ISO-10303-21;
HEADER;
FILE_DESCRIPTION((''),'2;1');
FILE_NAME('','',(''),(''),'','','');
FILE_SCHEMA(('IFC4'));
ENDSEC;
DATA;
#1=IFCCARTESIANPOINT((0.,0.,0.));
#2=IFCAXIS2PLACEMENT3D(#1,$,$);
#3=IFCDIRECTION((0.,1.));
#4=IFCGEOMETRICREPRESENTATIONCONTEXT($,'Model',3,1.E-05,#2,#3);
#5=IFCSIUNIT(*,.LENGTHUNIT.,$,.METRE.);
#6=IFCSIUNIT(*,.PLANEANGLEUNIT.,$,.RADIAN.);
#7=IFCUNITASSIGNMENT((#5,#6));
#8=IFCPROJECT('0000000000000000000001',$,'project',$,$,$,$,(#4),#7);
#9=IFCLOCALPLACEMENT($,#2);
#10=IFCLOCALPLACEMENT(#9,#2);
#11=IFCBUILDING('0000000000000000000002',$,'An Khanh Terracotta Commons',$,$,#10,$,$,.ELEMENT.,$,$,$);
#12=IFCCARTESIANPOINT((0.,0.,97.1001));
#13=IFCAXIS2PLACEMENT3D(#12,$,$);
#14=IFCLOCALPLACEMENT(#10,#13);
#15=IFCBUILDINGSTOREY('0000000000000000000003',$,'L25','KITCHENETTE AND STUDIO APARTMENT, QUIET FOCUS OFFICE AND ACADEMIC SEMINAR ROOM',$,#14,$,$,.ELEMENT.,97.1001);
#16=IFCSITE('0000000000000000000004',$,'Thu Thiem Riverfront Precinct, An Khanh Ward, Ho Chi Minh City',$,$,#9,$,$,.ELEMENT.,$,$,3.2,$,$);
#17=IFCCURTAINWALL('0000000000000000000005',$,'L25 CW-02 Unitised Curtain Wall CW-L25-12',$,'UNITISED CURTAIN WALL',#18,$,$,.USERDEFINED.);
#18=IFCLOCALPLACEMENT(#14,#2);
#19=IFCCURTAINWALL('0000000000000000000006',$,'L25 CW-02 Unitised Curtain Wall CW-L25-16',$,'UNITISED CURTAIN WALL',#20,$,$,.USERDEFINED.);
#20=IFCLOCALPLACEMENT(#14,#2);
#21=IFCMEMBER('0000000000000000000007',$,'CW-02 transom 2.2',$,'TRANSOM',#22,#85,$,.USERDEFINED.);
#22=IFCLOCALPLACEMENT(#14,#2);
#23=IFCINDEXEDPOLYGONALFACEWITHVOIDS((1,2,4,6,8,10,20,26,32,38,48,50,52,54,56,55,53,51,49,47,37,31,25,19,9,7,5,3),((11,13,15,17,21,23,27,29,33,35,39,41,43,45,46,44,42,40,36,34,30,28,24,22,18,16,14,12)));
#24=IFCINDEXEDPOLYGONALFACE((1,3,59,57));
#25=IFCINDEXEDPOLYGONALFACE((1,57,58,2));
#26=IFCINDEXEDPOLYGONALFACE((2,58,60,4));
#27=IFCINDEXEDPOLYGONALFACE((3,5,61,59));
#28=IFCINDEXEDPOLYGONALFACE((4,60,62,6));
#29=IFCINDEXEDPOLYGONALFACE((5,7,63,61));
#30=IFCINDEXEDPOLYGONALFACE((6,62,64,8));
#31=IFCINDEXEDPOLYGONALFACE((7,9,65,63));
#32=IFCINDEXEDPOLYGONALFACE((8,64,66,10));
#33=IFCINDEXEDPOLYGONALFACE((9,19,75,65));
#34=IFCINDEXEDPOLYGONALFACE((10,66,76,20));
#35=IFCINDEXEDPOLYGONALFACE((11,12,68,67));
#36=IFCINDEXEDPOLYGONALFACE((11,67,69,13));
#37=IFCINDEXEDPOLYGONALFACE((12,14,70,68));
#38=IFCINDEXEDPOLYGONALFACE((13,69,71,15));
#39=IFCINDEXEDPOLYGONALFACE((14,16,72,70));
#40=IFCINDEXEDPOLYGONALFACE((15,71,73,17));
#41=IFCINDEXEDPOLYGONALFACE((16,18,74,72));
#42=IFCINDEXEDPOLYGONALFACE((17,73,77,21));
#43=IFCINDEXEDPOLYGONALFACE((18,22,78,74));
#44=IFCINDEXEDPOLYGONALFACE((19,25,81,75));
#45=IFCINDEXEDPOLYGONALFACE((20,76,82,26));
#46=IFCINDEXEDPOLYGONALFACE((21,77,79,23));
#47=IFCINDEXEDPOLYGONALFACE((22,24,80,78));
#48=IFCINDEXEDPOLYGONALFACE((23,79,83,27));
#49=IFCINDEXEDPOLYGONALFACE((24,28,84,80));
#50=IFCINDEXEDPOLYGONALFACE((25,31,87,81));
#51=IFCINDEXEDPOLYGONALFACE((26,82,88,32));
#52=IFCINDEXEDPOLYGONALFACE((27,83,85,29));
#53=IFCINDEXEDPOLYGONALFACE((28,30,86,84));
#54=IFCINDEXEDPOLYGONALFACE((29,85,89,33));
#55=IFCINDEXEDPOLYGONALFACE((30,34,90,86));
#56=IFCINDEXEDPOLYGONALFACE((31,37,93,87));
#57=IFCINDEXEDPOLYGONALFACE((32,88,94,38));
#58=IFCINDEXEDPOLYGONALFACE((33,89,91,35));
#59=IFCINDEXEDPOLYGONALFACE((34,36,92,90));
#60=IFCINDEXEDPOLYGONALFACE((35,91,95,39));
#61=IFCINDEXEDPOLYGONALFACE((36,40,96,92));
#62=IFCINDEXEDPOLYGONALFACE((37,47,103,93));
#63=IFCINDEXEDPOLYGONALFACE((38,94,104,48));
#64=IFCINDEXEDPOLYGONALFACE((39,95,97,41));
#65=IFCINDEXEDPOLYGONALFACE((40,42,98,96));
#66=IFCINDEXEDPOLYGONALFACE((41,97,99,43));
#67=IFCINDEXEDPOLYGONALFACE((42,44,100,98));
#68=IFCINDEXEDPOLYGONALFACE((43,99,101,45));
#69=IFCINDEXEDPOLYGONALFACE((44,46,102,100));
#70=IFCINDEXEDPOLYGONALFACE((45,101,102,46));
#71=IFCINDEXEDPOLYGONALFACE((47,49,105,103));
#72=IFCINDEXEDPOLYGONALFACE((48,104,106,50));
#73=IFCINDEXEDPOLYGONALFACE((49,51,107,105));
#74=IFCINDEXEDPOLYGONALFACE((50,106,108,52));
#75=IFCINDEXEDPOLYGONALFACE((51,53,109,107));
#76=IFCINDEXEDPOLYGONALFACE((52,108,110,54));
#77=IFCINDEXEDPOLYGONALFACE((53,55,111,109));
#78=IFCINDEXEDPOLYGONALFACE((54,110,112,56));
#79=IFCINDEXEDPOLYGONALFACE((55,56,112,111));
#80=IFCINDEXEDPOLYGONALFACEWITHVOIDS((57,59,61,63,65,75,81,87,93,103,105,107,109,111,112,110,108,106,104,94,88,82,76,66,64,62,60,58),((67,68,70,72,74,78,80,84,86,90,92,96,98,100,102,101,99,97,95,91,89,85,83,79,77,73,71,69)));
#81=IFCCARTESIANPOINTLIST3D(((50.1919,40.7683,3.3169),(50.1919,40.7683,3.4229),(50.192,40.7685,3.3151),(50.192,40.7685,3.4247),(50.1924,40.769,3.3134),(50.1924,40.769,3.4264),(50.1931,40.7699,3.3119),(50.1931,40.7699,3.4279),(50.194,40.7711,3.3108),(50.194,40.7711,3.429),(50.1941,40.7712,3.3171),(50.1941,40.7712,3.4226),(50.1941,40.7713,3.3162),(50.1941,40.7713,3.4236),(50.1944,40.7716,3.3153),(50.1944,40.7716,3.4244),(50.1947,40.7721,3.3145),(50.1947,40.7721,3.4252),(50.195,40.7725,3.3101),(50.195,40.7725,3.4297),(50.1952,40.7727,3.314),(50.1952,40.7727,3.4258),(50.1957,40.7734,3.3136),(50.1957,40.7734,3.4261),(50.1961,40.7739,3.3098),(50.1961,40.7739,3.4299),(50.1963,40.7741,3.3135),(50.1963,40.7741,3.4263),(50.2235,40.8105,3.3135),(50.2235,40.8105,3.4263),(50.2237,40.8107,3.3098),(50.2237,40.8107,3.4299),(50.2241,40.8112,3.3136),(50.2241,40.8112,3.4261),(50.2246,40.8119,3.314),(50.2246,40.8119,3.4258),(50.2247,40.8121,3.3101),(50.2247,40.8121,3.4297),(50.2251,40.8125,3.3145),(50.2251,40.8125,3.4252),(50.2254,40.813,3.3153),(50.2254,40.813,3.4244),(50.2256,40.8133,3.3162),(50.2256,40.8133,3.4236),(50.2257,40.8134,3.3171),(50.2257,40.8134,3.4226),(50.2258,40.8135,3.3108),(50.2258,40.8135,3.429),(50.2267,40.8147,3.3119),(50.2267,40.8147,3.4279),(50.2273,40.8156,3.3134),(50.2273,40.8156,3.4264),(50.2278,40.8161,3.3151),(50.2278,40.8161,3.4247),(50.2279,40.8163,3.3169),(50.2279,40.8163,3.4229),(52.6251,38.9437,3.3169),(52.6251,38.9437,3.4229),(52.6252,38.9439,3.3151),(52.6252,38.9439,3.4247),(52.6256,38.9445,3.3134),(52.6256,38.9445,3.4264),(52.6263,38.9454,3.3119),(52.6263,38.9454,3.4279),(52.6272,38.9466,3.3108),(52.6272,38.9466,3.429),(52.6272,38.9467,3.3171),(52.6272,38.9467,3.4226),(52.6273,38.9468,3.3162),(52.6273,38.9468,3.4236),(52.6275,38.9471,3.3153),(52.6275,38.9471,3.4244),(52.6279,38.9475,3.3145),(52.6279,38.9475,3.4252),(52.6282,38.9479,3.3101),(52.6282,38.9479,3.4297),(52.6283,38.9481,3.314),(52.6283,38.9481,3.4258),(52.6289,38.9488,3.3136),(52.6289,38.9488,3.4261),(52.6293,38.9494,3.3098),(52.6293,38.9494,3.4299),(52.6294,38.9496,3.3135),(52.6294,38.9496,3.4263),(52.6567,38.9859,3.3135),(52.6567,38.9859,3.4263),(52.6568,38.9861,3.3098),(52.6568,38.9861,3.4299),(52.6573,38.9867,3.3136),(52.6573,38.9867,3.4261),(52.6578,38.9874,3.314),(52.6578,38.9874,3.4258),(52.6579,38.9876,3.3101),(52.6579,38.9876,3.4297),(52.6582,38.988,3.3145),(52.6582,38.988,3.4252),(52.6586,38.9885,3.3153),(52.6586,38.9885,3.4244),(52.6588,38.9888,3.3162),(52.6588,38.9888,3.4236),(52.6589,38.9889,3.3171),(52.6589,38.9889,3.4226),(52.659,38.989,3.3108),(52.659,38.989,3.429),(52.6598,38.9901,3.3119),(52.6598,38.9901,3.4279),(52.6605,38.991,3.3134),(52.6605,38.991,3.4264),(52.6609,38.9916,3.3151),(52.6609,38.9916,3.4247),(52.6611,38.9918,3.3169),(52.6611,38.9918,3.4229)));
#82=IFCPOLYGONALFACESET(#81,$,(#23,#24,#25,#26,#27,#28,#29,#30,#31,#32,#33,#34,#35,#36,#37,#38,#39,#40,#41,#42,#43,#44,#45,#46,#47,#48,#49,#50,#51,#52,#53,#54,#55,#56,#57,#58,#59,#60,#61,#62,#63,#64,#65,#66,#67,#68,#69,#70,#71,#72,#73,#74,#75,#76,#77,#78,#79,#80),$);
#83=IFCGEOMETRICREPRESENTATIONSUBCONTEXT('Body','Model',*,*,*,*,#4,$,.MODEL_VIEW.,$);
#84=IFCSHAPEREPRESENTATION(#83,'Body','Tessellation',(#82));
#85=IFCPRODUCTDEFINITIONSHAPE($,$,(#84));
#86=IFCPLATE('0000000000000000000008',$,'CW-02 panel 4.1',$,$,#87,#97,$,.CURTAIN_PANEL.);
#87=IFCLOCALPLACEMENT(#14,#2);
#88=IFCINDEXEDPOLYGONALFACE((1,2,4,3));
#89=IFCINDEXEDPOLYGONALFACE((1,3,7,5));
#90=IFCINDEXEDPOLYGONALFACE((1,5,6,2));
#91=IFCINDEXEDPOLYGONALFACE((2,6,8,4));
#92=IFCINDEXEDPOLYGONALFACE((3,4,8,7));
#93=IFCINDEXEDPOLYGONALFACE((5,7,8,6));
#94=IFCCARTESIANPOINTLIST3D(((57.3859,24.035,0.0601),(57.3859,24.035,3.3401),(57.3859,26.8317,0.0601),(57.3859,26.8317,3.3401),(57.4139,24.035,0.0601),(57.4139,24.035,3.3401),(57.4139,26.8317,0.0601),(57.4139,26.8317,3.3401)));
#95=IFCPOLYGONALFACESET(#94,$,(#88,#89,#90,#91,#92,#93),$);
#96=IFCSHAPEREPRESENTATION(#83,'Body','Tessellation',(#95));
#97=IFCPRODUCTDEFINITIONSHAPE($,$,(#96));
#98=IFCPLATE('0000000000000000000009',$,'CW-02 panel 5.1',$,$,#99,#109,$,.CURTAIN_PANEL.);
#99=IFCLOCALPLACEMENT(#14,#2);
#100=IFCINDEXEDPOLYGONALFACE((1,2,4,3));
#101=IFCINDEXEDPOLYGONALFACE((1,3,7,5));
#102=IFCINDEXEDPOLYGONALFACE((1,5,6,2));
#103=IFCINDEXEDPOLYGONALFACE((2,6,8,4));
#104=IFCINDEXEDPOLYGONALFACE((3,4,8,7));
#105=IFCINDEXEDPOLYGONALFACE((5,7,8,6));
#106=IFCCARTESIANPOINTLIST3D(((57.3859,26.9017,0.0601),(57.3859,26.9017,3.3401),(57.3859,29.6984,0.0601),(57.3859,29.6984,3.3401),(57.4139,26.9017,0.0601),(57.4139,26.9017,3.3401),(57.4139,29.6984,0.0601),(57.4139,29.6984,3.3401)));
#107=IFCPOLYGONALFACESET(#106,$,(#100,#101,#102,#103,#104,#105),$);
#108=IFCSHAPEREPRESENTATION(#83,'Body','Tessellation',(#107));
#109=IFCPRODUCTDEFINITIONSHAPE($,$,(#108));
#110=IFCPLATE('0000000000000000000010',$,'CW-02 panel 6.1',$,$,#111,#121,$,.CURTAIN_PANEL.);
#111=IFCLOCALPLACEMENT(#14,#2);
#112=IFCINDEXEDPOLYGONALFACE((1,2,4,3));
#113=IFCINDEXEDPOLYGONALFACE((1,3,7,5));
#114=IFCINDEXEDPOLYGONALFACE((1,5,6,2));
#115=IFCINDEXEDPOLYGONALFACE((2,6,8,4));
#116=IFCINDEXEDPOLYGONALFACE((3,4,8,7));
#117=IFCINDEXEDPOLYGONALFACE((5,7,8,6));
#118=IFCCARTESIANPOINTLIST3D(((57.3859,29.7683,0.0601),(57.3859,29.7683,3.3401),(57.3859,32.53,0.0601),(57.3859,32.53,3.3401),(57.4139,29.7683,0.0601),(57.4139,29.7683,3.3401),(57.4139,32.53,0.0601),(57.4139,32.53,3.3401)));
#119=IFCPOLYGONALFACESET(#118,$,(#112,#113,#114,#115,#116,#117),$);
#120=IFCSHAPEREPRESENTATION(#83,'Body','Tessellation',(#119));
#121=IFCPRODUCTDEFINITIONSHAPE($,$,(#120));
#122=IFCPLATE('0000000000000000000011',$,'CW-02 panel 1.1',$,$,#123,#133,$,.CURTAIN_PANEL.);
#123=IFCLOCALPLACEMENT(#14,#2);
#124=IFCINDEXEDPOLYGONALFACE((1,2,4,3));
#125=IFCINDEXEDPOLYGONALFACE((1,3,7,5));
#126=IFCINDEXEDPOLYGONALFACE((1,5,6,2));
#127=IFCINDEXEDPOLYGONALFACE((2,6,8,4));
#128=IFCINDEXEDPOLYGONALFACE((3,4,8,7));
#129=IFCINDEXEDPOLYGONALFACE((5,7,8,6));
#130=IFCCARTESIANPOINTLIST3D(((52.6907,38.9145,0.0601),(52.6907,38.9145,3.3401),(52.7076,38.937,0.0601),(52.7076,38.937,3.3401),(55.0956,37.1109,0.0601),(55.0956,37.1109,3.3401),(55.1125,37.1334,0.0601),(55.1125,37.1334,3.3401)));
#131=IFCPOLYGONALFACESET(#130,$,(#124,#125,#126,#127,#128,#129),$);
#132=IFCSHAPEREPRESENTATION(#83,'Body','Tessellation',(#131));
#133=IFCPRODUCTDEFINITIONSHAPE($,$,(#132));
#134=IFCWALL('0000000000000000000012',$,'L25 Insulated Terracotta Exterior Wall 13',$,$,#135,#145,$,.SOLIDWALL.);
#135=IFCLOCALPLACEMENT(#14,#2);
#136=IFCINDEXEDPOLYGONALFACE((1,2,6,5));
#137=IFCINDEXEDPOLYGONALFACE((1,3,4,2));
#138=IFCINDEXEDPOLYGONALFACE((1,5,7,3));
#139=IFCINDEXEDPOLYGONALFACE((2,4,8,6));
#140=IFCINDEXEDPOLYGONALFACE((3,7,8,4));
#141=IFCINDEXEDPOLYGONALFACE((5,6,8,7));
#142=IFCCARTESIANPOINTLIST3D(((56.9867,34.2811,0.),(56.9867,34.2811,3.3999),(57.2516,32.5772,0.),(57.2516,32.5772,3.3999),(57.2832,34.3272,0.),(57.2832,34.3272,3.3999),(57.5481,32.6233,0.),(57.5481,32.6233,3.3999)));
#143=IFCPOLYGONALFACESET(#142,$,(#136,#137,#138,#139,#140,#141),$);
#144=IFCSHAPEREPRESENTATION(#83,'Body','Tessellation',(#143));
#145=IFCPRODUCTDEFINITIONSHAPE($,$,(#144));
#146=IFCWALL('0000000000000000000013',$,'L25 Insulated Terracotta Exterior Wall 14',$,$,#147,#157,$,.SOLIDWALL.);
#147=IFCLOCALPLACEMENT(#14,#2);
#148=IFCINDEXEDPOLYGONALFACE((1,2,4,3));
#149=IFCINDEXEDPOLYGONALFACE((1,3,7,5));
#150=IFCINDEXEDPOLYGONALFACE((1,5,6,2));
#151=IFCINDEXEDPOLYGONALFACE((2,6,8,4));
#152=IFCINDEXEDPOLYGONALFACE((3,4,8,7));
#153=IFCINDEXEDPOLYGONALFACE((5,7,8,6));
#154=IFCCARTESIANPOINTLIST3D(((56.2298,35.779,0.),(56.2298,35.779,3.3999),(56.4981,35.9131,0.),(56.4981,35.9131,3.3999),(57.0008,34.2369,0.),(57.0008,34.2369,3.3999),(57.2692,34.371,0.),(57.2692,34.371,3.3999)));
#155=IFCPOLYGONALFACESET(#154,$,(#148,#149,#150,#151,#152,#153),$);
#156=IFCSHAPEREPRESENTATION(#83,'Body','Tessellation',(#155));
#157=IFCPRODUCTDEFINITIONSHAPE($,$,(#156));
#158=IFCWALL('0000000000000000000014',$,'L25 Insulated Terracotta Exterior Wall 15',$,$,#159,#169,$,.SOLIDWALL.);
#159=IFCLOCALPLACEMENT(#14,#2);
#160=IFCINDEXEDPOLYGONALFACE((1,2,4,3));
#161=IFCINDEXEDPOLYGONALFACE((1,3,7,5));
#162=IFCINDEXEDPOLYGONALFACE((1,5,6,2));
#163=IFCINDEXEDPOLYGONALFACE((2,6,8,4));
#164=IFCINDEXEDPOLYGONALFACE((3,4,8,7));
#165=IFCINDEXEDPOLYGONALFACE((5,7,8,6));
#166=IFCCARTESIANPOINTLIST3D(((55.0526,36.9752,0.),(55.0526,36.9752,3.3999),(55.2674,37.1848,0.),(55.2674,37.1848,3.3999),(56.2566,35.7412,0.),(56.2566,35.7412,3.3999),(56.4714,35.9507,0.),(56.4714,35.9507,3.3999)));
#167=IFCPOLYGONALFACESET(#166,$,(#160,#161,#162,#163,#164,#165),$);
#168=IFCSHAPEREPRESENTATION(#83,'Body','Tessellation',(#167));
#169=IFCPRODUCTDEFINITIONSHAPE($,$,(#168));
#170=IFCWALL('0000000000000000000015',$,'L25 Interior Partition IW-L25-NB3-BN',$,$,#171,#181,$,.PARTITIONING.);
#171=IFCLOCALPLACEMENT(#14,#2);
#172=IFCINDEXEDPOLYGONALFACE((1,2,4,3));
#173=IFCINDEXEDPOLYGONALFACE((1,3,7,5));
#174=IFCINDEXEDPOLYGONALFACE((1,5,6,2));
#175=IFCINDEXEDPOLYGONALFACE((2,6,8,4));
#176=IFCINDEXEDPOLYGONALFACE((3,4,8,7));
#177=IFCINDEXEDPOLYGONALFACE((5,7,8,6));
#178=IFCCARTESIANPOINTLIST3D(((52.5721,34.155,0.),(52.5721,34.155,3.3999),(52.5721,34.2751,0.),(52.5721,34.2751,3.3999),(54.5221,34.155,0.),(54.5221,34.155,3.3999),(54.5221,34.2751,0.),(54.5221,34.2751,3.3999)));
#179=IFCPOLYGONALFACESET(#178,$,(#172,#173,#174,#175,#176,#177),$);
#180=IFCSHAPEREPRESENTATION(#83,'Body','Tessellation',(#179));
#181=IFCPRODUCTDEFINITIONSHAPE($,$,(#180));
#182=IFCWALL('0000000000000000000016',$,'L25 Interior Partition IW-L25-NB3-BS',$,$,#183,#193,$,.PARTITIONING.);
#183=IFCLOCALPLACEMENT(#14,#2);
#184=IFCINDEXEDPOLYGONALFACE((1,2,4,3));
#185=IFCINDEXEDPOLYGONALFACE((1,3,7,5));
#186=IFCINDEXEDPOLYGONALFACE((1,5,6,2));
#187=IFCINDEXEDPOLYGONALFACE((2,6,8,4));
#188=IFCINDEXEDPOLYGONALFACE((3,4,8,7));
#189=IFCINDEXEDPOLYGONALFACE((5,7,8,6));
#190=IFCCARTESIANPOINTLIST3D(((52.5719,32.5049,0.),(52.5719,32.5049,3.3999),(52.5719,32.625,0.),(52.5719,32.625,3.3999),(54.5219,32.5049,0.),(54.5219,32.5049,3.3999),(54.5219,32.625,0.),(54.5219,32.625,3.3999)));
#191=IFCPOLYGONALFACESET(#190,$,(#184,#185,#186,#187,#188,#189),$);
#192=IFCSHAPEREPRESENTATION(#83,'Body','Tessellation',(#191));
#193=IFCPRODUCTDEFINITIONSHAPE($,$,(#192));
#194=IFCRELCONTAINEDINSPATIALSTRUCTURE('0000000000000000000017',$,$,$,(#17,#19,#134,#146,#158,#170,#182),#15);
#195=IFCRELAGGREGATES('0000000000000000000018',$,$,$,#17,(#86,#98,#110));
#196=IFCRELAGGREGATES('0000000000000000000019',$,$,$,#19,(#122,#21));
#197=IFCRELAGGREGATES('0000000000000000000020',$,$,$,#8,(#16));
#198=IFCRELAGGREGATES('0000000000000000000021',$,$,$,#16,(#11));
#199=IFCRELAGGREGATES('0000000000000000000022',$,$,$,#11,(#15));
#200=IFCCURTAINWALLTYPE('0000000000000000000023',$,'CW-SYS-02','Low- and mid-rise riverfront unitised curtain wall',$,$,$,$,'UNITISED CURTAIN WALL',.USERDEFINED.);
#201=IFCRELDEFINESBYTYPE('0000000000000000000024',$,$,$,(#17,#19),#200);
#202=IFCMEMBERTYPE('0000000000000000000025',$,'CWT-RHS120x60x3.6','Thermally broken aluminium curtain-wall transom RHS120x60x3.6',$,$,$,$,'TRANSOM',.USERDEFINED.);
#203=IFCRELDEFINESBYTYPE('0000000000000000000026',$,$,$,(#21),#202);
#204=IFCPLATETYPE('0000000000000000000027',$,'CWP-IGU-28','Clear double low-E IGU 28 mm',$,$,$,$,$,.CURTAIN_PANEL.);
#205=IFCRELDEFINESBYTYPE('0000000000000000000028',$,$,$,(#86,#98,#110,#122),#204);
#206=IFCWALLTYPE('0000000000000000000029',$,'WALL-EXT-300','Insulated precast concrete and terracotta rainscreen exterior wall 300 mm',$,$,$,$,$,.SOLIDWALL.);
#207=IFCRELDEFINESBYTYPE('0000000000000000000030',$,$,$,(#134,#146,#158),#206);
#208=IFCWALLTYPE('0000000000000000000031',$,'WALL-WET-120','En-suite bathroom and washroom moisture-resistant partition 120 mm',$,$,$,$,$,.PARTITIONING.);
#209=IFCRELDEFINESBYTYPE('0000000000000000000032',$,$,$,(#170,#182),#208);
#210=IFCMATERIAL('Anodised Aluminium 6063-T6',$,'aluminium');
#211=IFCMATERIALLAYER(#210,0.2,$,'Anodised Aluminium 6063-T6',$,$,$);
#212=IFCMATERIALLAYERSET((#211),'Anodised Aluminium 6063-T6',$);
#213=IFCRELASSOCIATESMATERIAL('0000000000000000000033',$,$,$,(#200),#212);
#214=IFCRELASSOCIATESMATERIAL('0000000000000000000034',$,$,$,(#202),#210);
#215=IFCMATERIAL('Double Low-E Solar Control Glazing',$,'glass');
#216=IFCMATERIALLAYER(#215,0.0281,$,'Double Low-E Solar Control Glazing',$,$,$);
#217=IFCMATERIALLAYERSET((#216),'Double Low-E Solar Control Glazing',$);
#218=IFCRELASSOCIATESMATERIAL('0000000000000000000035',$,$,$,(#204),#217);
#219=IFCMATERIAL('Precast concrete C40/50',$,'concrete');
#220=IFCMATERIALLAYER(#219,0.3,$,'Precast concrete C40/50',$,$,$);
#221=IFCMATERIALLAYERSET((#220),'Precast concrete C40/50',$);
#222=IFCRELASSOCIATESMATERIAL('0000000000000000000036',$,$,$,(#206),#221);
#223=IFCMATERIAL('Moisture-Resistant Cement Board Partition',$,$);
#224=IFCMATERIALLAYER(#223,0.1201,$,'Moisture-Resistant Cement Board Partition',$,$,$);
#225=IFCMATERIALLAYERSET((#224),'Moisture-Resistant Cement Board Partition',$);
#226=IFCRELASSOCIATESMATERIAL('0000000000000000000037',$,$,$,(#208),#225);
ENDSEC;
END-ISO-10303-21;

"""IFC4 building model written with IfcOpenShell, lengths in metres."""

from ifc_helpers import new_model, si_unit, direction, frame, frame_2d, origin, origin_2d, place, context, subcontext, project, spatial, rectangle, hollow_rectangle, extrude, material, layer, layer_set, material_profile, profile_set, type_object, element, aggregate, save


model = new_model("IFC4")

# Units and contexts
model_context = context("Model", 3, precision=1e-05, world=origin(), true_north=direction((0.0, 1.0)))
body_context = subcontext(model_context, "Body", "Model", "MODEL_VIEW")
ifc_project = project(units=[si_unit("LENGTHUNIT", "METRE"), si_unit("PLANEANGLEUNIT", "RADIAN")], contexts=[model_context])

# Site, building, storey
site_placement = place(None, origin())
site = spatial("IfcSite", under=ifc_project, at=site_placement, Name="Thu Thiem Riverfront Precinct, An Khanh Ward, Ho Chi Minh City", CompositionType="ELEMENT", RefElevation=3.2)
building_placement = place(site_placement, origin())
building = spatial("IfcBuilding", under=site, at=building_placement, Name="An Khanh Terracotta Commons", CompositionType="ELEMENT")
storey_placement = place(building_placement, frame((0.0, 0.0, 97.1001)))
storey = spatial("IfcBuildingStorey", under=building, at=storey_placement, Name="L25", Description="KITCHENETTE AND STUDIO APARTMENT, QUIET FOCUS OFFICE AND ACADEMIC SEMINAR ROOM", CompositionType="ELEMENT", Elevation=97.1001)

# Curtain walls
ifc_material_1 = material(Name="Anodised Aluminium 6063-T6", Category="aluminium")
ifc_layer_1 = layer(ifc_material_1, 0.2, Name="Anodised Aluminium 6063-T6")
ifc_layer_set_1 = layer_set([ifc_layer_1], Name="Anodised Aluminium 6063-T6")
curtain_wall_type = type_object("IfcCurtainWallType", Name="CW-SYS-02", Description="Low- and mid-rise riverfront unitised curtain wall", ElementType="UNITISED CURTAIN WALL", PredefinedType="USERDEFINED", material=ifc_layer_set_1)
curtain_wall_1_placement = place(storey_placement, origin())
curtain_wall_1 = element("IfcCurtainWall", 1, at=curtain_wall_1_placement, inside=storey, type_object=curtain_wall_type, Name="L25 CW-02 Unitised Curtain Wall CW-L25-12", ObjectType="UNITISED CURTAIN WALL", PredefinedType="USERDEFINED")
curtain_wall_2_placement = place(storey_placement, origin())
curtain_wall_2 = element("IfcCurtainWall", 2, at=curtain_wall_2_placement, inside=storey, type_object=curtain_wall_type, Name="L25 CW-02 Unitised Curtain Wall CW-L25-16", ObjectType="UNITISED CURTAIN WALL", PredefinedType="USERDEFINED")

# Member
ifc_material_profile_1 = material_profile(ifc_material_1, hollow_rectangle(XDim=0.0601, YDim=0.1201, WallThickness=0.0037, InnerFilletRadius=0.0037, OuterFilletRadius=0.0071, at=origin_2d()), Name="RHS120x60x3.6")
ifc_profile_set_1 = profile_set([ifc_material_profile_1], Name="Anodised Aluminium 6063-T6")
member_type_1 = type_object("IfcMemberType", Name="CWT-RHS120x60x3.6", Description="Thermally broken aluminium curtain-wall transom RHS120x60x3.6", ElementType="TRANSOM", PredefinedType="USERDEFINED", material=ifc_profile_set_1)
member_1_placement = place(storey_placement, frame((52.6431, 38.9678, 3.3699), z_axis=(-0.800058, 0.599923, 0.0), x_axis=(-0.599923, -0.800058, 0.0)))
member_1 = element("IfcMember", 3, at=member_1_placement, type_object=member_type_1, Name="CW-02 transom 2.2", ObjectType="TRANSOM", PredefinedType="USERDEFINED", context=body_context, shape_type="SweptSolid", body=[
    extrude(hollow_rectangle(XDim=0.0601, YDim=0.1201, WallThickness=0.0037, InnerFilletRadius=0.0037, OuterFilletRadius=0.0071, at=origin_2d()), origin(), (0.0, 0.0, 1.0), 3.0413),
])

# Plates
ifc_material_2 = material(Name="Double Low-E Solar Control Glazing", Category="glass")
ifc_layer_2 = layer(ifc_material_2, 0.0281, Name="Double Low-E Solar Control Glazing")
ifc_layer_set_2 = layer_set([ifc_layer_2], Name="Double Low-E Solar Control Glazing")
plate_type = type_object("IfcPlateType", Name="CWP-IGU-28", Description="Clear double low-E IGU 28 mm", PredefinedType="CURTAIN_PANEL", material=ifc_layer_set_2)
plate_1_placement = place(storey_placement, frame((57.3999, 25.4333, 0.0601), z_axis=(0.0, 0.0, 1.0), x_axis=(0.0, 1.0, 0.0)))
plate_1 = element("IfcPlate", 4, at=plate_1_placement, type_object=plate_type, Name="CW-02 panel 4.1", PredefinedType="CURTAIN_PANEL", context=body_context, shape_type="SweptSolid", body=[
    extrude(rectangle(XDim=2.7966, YDim=0.0281, at=origin_2d()), origin(), (0.0, 0.0, 1.0), 3.28),
])
plate_2_placement = place(storey_placement, frame((57.3999, 28.3, 0.0601), z_axis=(0.0, 0.0, 1.0), x_axis=(0.0, 1.0, 0.0)))
plate_2 = element("IfcPlate", 5, at=plate_2_placement, type_object=plate_type, Name="CW-02 panel 5.1", PredefinedType="CURTAIN_PANEL", context=body_context, shape_type="SweptSolid", body=[
    extrude(rectangle(XDim=2.7966, YDim=0.0281, at=origin_2d()), origin(), (0.0, 0.0, 1.0), 3.28),
])
plate_3_placement = place(storey_placement, frame((57.3999, 31.1492, 0.0601), z_axis=(0.0, 0.0, 1.0), x_axis=(0.0, 1.0, 0.0)))
plate_3 = element("IfcPlate", 6, at=plate_3_placement, type_object=plate_type, Name="CW-02 panel 6.1", PredefinedType="CURTAIN_PANEL", context=body_context, shape_type="SweptSolid", body=[
    extrude(rectangle(XDim=2.7617, YDim=0.0281, at=origin_2d()), origin(), (0.0, 0.0, 1.0), 3.28),
])
aggregate(curtain_wall_1, [plate_1, plate_2, plate_3])
plate_4_placement = place(storey_placement, frame((53.9016, 38.0239, 0.0601), z_axis=(0.0, 0.0, 1.0), x_axis=(-0.800013, 0.599983, 0.0)))
plate_4 = element("IfcPlate", 7, at=plate_4_placement, type_object=plate_type, Name="CW-02 panel 1.1", PredefinedType="CURTAIN_PANEL", context=body_context, shape_type="SweptSolid", body=[
    extrude(rectangle(XDim=3.0061, YDim=0.0281, at=origin_2d()), origin(), (0.0, 0.0, 1.0), 3.28),
])
aggregate(curtain_wall_2, [plate_4, member_1])

# Walls
ifc_material_3 = material(Name="Precast concrete C40/50", Category="concrete")
ifc_layer_3 = layer(ifc_material_3, 0.3, Name="Precast concrete C40/50")
ifc_layer_set_3 = layer_set([ifc_layer_3], Name="Precast concrete C40/50")
wall_type_1 = type_object("IfcWallType", Name="WALL-EXT-300", Description="Insulated precast concrete and terracotta rainscreen exterior wall 300 mm", PredefinedType="SOLIDWALL", material=ifc_layer_set_3)
wall_1_placement = place(storey_placement, frame((57.3999, 32.6001, 0.0), z_axis=(0.0, 0.0, 1.0), x_axis=(-0.153621, 0.98813, 0.0)))
element("IfcWall", 8, at=wall_1_placement, inside=storey, type_object=wall_type_1, Name="L25 Insulated Terracotta Exterior Wall 13", PredefinedType="SOLIDWALL", context=body_context, shape_type="SweptSolid", body=[
    extrude(rectangle(XDim=1.7244, YDim=0.3, at=frame_2d((0.8623, 0.0))), origin(), (0.0, 0.0, 1.0), 3.3999),
])
for number, where, z_axis, x_axis, name in (
    (9, (57.135, 34.304, 0.0), (0.0, 0.0, 1.0), (-0.447214, 0.894427, 0.0), "L25 Insulated Terracotta Exterior Wall 14"),
    (10, (56.364, 35.8459, 0.0), (0.0, 0.0, 1.0), (-0.698345, 0.715761, 0.0), "L25 Insulated Terracotta Exterior Wall 15"),
):
    element("IfcWall", number, at=place(storey_placement, frame(where, z_axis=z_axis, x_axis=x_axis)), inside=storey, type_object=wall_type_1, Name=name, PredefinedType="SOLIDWALL", context=body_context, shape_type="SweptSolid", body=[
        extrude(rectangle(XDim=1.7241, YDim=0.3, at=frame_2d((0.8621, 0.0))), origin(), (0.0, 0.0, 1.0), 3.3999),
    ])
ifc_material_4 = material(Name="Moisture-Resistant Cement Board Partition")
ifc_layer_4 = layer(ifc_material_4, 0.1201, Name="Moisture-Resistant Cement Board Partition")
ifc_layer_set_4 = layer_set([ifc_layer_4], Name="Moisture-Resistant Cement Board Partition")
wall_type_2 = type_object("IfcWallType", Name="WALL-WET-120", Description="En-suite bathroom and washroom moisture-resistant partition 120 mm", PredefinedType="PARTITIONING", material=ifc_layer_set_4)
for number, where, z_axis, x_axis, name in (
    (11, (52.572, 34.2151, 0.0), (0.0, 0.0, 1.0), (1.0, 0.0, 0.0), "L25 Interior Partition IW-L25-NB3-BN"),
    (12, (54.522, 32.5649, 0.0), (0.0, 0.0, 1.0), (-1.0, 0.0, 0.0), "L25 Interior Partition IW-L25-NB3-BS"),
):
    element("IfcWall", number, at=place(storey_placement, frame(where, z_axis=z_axis, x_axis=x_axis)), inside=storey, type_object=wall_type_2, Name=name, PredefinedType="PARTITIONING", context=body_context, shape_type="SweptSolid", body=[
        extrude(rectangle(XDim=1.95, YDim=0.1201, at=frame_2d((0.9751, 0.0))), origin(), (0.0, 0.0, 1.0), 3.3999),
    ])

save(model, "model.ifc")
